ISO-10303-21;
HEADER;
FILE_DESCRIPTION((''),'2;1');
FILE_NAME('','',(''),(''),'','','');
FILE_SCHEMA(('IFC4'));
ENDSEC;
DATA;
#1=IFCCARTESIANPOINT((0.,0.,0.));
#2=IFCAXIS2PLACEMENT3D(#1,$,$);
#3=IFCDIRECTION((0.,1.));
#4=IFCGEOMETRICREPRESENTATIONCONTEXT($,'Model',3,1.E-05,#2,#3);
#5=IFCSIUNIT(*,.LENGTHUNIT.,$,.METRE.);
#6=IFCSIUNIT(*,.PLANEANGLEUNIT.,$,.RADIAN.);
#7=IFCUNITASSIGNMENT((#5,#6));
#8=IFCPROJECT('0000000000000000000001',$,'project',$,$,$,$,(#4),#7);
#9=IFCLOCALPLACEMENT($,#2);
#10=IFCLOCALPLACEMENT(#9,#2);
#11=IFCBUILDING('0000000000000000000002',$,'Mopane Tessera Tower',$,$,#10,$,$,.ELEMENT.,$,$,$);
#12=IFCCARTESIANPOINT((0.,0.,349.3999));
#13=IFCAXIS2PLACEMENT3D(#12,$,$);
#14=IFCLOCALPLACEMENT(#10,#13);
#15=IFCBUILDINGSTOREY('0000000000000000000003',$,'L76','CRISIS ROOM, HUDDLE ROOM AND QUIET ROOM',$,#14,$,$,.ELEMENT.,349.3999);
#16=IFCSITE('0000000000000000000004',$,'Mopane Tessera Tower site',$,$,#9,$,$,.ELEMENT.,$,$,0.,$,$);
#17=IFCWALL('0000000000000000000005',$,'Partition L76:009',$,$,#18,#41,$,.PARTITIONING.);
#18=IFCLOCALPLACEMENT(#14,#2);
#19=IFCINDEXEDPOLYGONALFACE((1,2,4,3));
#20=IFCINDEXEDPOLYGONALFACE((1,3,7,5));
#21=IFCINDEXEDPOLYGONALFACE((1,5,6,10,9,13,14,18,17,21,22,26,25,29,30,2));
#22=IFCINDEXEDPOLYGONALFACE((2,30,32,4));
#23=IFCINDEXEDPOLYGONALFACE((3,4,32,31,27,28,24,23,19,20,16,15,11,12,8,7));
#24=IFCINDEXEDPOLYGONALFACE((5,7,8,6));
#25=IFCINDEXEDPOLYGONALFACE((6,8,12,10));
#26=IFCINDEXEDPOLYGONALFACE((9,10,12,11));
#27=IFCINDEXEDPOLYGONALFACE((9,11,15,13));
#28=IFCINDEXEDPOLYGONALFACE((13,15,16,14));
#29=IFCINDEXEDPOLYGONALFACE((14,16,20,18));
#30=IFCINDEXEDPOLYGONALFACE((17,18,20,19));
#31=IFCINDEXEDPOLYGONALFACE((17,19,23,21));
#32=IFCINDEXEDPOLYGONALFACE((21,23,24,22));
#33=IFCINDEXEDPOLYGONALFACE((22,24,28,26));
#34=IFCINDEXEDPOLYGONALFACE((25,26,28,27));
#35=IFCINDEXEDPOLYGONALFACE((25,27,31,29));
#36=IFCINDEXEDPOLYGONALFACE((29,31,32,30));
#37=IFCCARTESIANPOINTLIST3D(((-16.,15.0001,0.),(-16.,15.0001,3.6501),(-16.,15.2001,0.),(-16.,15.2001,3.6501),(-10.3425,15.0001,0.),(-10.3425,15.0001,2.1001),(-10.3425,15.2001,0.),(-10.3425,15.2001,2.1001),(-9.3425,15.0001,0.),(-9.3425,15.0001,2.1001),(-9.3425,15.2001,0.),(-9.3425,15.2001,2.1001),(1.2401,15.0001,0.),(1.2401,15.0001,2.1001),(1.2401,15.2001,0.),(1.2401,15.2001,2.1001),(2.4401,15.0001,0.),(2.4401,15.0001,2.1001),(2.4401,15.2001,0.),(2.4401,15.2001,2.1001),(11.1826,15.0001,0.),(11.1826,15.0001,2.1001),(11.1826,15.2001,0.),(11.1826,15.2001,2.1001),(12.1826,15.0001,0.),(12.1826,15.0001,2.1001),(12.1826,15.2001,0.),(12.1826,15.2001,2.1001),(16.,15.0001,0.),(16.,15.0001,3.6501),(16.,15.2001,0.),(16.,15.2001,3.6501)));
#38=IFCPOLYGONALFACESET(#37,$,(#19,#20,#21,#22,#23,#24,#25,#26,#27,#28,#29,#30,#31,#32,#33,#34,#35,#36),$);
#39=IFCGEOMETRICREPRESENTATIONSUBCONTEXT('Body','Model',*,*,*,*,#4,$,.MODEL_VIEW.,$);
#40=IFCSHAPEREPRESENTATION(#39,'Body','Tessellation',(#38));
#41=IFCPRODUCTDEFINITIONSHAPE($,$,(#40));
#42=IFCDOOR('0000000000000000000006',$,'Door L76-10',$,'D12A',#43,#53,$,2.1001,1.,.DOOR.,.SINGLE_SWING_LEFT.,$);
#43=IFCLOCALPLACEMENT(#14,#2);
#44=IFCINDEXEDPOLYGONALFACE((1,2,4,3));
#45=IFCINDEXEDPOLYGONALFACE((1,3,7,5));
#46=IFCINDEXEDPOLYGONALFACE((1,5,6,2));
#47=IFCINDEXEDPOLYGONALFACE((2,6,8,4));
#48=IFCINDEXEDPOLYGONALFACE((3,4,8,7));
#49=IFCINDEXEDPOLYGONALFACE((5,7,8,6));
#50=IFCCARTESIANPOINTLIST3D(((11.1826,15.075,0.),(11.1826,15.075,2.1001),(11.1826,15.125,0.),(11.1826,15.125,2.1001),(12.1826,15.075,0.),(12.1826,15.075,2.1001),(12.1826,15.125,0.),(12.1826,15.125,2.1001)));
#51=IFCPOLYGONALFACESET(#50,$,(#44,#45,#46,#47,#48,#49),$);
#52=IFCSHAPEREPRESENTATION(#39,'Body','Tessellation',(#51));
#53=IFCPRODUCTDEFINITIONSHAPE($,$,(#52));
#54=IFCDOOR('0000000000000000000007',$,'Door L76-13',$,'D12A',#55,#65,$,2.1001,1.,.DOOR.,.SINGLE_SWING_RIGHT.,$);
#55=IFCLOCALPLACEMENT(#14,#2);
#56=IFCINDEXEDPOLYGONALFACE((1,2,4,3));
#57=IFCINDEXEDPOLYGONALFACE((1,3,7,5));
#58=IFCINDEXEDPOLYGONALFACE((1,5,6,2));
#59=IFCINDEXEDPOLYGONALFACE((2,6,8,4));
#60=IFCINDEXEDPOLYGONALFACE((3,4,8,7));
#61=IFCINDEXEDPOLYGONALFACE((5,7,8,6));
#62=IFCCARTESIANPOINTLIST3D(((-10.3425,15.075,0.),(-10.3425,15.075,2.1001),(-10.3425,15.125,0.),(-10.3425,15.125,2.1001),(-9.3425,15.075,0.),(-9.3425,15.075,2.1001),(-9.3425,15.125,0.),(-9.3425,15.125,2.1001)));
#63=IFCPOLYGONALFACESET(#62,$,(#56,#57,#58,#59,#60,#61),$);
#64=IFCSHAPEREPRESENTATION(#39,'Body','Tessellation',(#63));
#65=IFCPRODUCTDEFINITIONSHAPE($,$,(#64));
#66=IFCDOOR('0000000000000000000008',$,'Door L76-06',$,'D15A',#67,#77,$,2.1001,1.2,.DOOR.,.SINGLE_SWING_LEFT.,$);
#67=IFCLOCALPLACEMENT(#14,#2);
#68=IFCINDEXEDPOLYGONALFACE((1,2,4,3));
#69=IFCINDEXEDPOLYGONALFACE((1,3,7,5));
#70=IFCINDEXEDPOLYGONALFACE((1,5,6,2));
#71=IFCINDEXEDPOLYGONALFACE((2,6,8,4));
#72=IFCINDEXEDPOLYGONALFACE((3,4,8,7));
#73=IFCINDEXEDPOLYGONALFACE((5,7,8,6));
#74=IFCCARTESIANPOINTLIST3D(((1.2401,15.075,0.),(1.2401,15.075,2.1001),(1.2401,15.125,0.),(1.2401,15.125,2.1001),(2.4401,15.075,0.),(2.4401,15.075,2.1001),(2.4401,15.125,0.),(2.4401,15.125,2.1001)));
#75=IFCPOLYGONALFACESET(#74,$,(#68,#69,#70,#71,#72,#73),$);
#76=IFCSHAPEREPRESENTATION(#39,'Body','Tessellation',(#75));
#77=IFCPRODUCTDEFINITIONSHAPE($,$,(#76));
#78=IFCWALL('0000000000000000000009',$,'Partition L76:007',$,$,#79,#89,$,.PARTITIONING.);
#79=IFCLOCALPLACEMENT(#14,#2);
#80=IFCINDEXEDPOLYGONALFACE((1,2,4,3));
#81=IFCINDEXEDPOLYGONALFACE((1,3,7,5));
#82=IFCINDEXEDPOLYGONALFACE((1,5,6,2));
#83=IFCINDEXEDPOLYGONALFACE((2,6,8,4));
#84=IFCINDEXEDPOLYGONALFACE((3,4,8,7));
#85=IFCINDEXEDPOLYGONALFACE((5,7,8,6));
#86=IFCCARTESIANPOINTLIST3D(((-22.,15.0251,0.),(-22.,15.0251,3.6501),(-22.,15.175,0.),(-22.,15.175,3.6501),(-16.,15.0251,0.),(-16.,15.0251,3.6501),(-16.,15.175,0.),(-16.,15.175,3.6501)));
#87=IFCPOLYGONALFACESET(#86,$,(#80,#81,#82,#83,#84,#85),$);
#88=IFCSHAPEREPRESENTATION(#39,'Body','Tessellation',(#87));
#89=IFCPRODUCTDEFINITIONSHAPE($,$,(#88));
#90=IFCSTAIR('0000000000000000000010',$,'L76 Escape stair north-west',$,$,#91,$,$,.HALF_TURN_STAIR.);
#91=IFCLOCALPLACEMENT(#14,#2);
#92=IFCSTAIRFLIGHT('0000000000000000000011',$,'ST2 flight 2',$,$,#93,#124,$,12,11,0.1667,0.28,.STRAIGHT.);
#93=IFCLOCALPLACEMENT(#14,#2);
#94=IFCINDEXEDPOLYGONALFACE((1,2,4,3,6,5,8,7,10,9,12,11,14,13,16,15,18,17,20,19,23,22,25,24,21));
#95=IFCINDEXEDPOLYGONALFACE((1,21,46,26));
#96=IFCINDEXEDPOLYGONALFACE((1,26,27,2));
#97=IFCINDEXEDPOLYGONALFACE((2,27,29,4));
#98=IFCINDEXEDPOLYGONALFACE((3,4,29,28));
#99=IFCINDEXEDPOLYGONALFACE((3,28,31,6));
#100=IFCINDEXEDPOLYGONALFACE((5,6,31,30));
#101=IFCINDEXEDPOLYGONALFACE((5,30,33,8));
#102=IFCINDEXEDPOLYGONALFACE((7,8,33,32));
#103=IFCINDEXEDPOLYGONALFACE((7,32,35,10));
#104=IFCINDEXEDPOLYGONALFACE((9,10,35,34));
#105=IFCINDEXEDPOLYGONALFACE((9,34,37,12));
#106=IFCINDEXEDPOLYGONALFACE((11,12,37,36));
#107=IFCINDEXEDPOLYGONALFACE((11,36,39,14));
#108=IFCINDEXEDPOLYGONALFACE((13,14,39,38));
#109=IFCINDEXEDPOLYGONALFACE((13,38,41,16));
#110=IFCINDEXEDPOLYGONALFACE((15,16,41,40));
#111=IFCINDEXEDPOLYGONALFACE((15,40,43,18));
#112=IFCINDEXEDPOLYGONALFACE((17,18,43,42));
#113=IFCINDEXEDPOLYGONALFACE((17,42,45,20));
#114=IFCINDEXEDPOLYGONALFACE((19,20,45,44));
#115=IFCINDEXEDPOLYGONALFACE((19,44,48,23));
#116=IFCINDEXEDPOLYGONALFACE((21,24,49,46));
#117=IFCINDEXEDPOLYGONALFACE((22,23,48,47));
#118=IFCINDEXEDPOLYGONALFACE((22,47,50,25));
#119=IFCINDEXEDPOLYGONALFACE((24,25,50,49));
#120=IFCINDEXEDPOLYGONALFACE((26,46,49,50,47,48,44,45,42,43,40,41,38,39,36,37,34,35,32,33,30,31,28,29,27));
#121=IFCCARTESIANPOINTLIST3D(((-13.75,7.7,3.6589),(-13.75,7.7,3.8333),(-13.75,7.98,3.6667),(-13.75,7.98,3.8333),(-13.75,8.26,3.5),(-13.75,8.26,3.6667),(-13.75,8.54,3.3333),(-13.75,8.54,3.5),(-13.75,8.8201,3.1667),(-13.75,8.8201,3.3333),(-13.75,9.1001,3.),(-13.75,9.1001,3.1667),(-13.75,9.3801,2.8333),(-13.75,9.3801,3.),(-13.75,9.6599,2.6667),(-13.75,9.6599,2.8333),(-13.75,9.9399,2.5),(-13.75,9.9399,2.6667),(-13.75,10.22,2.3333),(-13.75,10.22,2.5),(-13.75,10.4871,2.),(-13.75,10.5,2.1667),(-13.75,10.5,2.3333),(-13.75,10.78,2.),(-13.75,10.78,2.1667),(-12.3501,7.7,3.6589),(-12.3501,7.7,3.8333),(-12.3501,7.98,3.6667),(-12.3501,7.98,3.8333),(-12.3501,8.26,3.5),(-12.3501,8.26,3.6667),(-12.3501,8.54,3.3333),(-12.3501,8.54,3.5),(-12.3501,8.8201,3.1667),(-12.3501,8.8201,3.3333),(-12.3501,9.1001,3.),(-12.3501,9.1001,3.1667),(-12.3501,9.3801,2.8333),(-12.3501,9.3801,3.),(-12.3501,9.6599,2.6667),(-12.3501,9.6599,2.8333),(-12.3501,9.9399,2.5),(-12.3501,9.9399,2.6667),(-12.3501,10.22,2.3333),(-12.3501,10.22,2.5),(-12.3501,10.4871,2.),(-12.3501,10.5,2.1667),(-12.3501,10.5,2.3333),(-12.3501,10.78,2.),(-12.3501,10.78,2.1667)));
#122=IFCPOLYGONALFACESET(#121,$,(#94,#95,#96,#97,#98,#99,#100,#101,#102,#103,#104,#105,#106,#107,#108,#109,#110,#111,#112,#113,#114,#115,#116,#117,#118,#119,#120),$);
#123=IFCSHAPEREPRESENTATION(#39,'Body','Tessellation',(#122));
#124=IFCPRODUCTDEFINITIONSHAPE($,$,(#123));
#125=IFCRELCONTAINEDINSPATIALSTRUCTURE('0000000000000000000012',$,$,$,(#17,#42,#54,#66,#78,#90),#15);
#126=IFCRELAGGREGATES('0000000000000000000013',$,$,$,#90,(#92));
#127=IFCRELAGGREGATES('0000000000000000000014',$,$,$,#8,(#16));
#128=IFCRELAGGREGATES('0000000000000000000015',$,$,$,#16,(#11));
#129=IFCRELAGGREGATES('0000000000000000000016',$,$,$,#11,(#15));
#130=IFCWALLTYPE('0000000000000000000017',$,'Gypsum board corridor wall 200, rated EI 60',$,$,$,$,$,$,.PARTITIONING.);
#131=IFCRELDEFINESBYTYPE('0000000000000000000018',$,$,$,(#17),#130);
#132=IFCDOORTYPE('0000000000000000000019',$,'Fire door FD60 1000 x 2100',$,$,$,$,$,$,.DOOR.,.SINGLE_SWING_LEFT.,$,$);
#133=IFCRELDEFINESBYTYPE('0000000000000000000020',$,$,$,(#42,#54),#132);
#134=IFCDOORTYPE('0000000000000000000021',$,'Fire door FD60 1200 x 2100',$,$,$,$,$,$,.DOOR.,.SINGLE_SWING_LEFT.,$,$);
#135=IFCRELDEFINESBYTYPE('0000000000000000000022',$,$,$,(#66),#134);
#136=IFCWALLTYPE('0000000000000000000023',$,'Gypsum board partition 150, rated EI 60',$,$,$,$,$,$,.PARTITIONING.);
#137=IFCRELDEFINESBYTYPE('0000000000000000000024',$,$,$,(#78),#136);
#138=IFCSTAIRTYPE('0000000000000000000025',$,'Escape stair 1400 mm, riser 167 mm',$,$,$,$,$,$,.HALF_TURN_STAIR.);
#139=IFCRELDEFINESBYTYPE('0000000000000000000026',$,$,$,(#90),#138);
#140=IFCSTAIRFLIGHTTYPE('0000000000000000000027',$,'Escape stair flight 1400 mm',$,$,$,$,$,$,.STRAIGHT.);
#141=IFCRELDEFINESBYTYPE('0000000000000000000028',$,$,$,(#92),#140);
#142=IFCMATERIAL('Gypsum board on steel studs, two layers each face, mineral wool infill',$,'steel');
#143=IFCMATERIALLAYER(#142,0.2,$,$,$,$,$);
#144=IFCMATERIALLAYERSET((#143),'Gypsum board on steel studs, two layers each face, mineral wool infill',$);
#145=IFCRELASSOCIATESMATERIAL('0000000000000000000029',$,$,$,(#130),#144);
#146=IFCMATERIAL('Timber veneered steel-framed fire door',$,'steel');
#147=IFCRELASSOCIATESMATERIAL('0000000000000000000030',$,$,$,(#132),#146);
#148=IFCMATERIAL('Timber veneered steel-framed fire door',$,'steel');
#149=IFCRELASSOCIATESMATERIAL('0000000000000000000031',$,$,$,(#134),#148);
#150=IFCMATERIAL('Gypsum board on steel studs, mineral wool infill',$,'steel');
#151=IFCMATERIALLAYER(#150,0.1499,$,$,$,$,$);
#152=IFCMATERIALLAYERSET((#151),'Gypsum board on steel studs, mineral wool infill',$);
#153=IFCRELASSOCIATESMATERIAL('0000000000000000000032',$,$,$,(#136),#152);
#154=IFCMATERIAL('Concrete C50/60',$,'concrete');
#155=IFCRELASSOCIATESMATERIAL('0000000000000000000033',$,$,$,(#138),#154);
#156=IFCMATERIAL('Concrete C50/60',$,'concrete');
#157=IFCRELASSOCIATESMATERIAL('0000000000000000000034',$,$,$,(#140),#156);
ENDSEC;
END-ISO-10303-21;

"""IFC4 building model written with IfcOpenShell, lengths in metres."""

from ifc_helpers import new_model, si_unit, direction, frame, frame_2d, origin, place, context, subcontext, project, spatial, polyline, rectangle, outline, extrude, material, layer, layer_set, type_object, element, fill, aggregate, save


model = new_model("IFC4")

# Units and contexts
model_context = context("Model", 3, precision=1e-05, world=origin(), true_north=direction((0.0, 1.0)))
body_context = subcontext(model_context, "Body", "Model", "MODEL_VIEW")
ifc_project = project(units=[si_unit("LENGTHUNIT", "METRE"), si_unit("PLANEANGLEUNIT", "RADIAN")], contexts=[model_context])

# Site, building, storey
site_placement = place(None, origin())
site = spatial("IfcSite", under=ifc_project, at=site_placement, Name="Mopane Tessera Tower site", CompositionType="ELEMENT", RefElevation=0.0)
building_placement = place(site_placement, origin())
building = spatial("IfcBuilding", under=site, at=building_placement, Name="Mopane Tessera Tower", CompositionType="ELEMENT")
storey_placement = place(building_placement, frame((0.0, 0.0, 349.3999)))
storey = spatial("IfcBuildingStorey", under=building, at=storey_placement, Name="L76", Description="CRISIS ROOM, HUDDLE ROOM AND QUIET ROOM", CompositionType="ELEMENT", Elevation=349.3999)

# Wall, openings, doors
ifc_material_1 = material(Name="Gypsum board on steel studs, two layers each face, mineral wool infill", Category="steel")
ifc_layer_1 = layer(ifc_material_1, 0.2)
ifc_layer_set_1 = layer_set([ifc_layer_1], Name="Gypsum board on steel studs, two layers each face, mineral wool infill")
wall_type_1 = type_object("IfcWallType", Name="Gypsum board corridor wall 200, rated EI 60", PredefinedType="PARTITIONING", material=ifc_layer_set_1)
wall_1_placement = place(storey_placement, frame((-16.0, 15.1001, 0.0), z_axis=(0.0, 0.0, 1.0), x_axis=(1.0, 0.0, 0.0)))
wall_1 = element("IfcWall", 1, at=wall_1_placement, inside=storey, type_object=wall_type_1, Name="Partition L76:009", PredefinedType="PARTITIONING", context=body_context, shape_type="SweptSolid", body=[
    extrude(rectangle(XDim=32.0, YDim=0.2, at=frame_2d((16.0, 0.0))), origin(), (0.0, 0.0, 1.0), 3.6501),
])
opening_1_placement = place(wall_1_placement, frame((17.24, 0.0, 0.0)))
opening_1 = element("IfcOpeningElement", 2, at=opening_1_placement, cuts=wall_1, PredefinedType="OPENING", context=body_context, shape_type="SweptSolid", body=[
    extrude(rectangle(XDim=1.2, YDim=2.1001, at=frame_2d((0.6001, 1.05))), frame((0.0, 0.1121, 0.0), z_axis=(0.0, -1.0, 0.0), x_axis=(1.0, 0.0, 0.0)), (0.0, 0.0, 1.0), 0.2239),
])
opening_2_placement = place(wall_1_placement, frame((27.1826, 0.0, 0.0)))
opening_2 = element("IfcOpeningElement", 3, at=opening_2_placement, cuts=wall_1, PredefinedType="OPENING", context=body_context, shape_type="SweptSolid", body=[
    extrude(rectangle(XDim=1.0, YDim=2.1001, at=frame_2d((0.5, 1.05))), frame((0.0, 0.1121, 0.0), z_axis=(0.0, -1.0, 0.0), x_axis=(1.0, 0.0, 0.0)), (0.0, 0.0, 1.0), 0.2239),
])
opening_3_placement = place(wall_1_placement, frame((5.6575, 0.0, 0.0)))
opening_3 = element("IfcOpeningElement", 4, at=opening_3_placement, cuts=wall_1, PredefinedType="OPENING", context=body_context, shape_type="SweptSolid", body=[
    extrude(rectangle(XDim=1.0, YDim=2.1001, at=frame_2d((0.5, 1.05))), frame((0.0, 0.1121, 0.0), z_axis=(0.0, -1.0, 0.0), x_axis=(1.0, 0.0, 0.0)), (0.0, 0.0, 1.0), 0.2239),
])
ifc_material_2 = material(Name="Timber veneered steel-framed fire door", Category="steel")
door_type_1 = type_object("IfcDoorType", Name="Fire door FD60 1000 x 2100", OperationType="SINGLE_SWING_LEFT", PredefinedType="DOOR", material=ifc_material_2)
door_1_placement = place(opening_2_placement, origin())
door_1 = element("IfcDoor", 5, at=door_1_placement, inside=storey, type_object=door_type_1, Name="Door L76-10", ObjectType="D12A", OperationType="SINGLE_SWING_LEFT", OverallHeight=2.1001, OverallWidth=1.0, PredefinedType="DOOR", context=body_context, shape_type="SweptSolid", body=[
    extrude(rectangle(XDim=1.0, YDim=2.1001, at=frame_2d((0.5, 1.05))), frame((0.0, 0.0249, 0.0), z_axis=(0.0, -1.0, 0.0), x_axis=(1.0, 0.0, 0.0)), (0.0, 0.0, 1.0), 0.05),
])
fill(opening_2, door_1)
door_2_placement = place(opening_3_placement, origin())
door_2 = element("IfcDoor", 6, at=door_2_placement, inside=storey, type_object=door_type_1, Name="Door L76-13", ObjectType="D12A", OperationType="SINGLE_SWING_RIGHT", OverallHeight=2.1001, OverallWidth=1.0, PredefinedType="DOOR", context=body_context, shape_type="SweptSolid", body=[
    extrude(rectangle(XDim=1.0, YDim=2.1001, at=frame_2d((0.5, 1.05))), frame((0.0, 0.0249, 0.0), z_axis=(0.0, -1.0, 0.0), x_axis=(1.0, 0.0, 0.0)), (0.0, 0.0, 1.0), 0.05),
])
fill(opening_3, door_2)
ifc_material_3 = material(Name="Timber veneered steel-framed fire door", Category="steel")
door_type_2 = type_object("IfcDoorType", Name="Fire door FD60 1200 x 2100", OperationType="SINGLE_SWING_LEFT", PredefinedType="DOOR", material=ifc_material_3)
door_3_placement = place(opening_1_placement, origin())
door_3 = element("IfcDoor", 7, at=door_3_placement, inside=storey, type_object=door_type_2, Name="Door L76-06", ObjectType="D15A", OperationType="SINGLE_SWING_LEFT", OverallHeight=2.1001, OverallWidth=1.2, PredefinedType="DOOR", context=body_context, shape_type="SweptSolid", body=[
    extrude(rectangle(XDim=1.2, YDim=2.1001, at=frame_2d((0.6001, 1.05))), frame((0.0, 0.0249, 0.0), z_axis=(0.0, -1.0, 0.0), x_axis=(1.0, 0.0, 0.0)), (0.0, 0.0, 1.0), 0.05),
])
fill(opening_1, door_3)

# Wall
ifc_material_4 = material(Name="Gypsum board on steel studs, mineral wool infill", Category="steel")
ifc_layer_2 = layer(ifc_material_4, 0.1499)
ifc_layer_set_2 = layer_set([ifc_layer_2], Name="Gypsum board on steel studs, mineral wool infill")
wall_type_2 = type_object("IfcWallType", Name="Gypsum board partition 150, rated EI 60", PredefinedType="PARTITIONING", material=ifc_layer_set_2)
wall_2_placement = place(storey_placement, frame((-22.0, 15.1001, 0.0), z_axis=(0.0, 0.0, 1.0), x_axis=(1.0, 0.0, 0.0)))
element("IfcWall", 8, at=wall_2_placement, inside=storey, type_object=wall_type_2, Name="Partition L76:007", PredefinedType="PARTITIONING", context=body_context, shape_type="SweptSolid", body=[
    extrude(rectangle(XDim=6.0, YDim=0.1499, at=frame_2d((3.0, 0.0))), origin(), (0.0, 0.0, 1.0), 3.6501),
])

# Stair, stair flight
ifc_material_5 = material(Name="Concrete C50/60", Category="concrete")
stair_type = type_object("IfcStairType", Name="Escape stair 1400 mm, riser 167 mm", PredefinedType="HALF_TURN_STAIR", material=ifc_material_5)
stair_placement = place(storey_placement, origin())
stair = element("IfcStair", 9, at=stair_placement, inside=storey, type_object=stair_type, Name="L76 Escape stair north-west", PredefinedType="HALF_TURN_STAIR")
ifc_material_6 = material(Name="Concrete C50/60", Category="concrete")
stair_flight_type = type_object("IfcStairFlightType", Name="Escape stair flight 1400 mm", PredefinedType="STRAIGHT", material=ifc_material_6)
stair_flight_placement = place(storey_placement, frame((-13.05, 10.78, 2.0), z_axis=(0.0, 0.0, 1.0), x_axis=(0.0, -1.0, 0.0)))
stair_flight = element("IfcStairFlight", 10, at=stair_flight_placement, type_object=stair_flight_type, Name="ST2 flight 2", NumberOfRisers=12, NumberOfTreads=11, PredefinedType="STRAIGHT", RiserHeight=0.1667, TreadLength=0.28, context=body_context, shape_type="SweptSolid", body=[
    extrude(outline(polyline([(0.0, 0.0), (0.0, 0.1667), (0.28, 0.1667), (0.28, 0.3333), (0.5601, 0.3333), (0.5601, 0.5), (0.8401, 0.5), (0.8401, 0.6667), (1.1201, 0.6667), (1.1201, 0.8333), (1.3999, 0.8333), (1.3999, 1.0), (1.6799, 1.0), (1.6799, 1.1667), (1.96, 1.1667), (1.96, 1.3333), (2.24, 1.3333), (2.24, 1.5), (2.52, 1.5), (2.52, 1.6667), (2.8, 1.6667), (2.8, 1.8333), (3.0801, 1.8333), (3.0801, 2.0), (3.0801, 1.6589), (0.293, 0.0), (0.0, 0.0)])), frame((0.0, 0.7, 0.0), z_axis=(0.0, -1.0, 0.0), x_axis=(1.0, 0.0, 0.0)), (0.0, 0.0, 1.0), 1.3999),
])
aggregate(stair, [stair_flight])

save(model, "model.ifc")
